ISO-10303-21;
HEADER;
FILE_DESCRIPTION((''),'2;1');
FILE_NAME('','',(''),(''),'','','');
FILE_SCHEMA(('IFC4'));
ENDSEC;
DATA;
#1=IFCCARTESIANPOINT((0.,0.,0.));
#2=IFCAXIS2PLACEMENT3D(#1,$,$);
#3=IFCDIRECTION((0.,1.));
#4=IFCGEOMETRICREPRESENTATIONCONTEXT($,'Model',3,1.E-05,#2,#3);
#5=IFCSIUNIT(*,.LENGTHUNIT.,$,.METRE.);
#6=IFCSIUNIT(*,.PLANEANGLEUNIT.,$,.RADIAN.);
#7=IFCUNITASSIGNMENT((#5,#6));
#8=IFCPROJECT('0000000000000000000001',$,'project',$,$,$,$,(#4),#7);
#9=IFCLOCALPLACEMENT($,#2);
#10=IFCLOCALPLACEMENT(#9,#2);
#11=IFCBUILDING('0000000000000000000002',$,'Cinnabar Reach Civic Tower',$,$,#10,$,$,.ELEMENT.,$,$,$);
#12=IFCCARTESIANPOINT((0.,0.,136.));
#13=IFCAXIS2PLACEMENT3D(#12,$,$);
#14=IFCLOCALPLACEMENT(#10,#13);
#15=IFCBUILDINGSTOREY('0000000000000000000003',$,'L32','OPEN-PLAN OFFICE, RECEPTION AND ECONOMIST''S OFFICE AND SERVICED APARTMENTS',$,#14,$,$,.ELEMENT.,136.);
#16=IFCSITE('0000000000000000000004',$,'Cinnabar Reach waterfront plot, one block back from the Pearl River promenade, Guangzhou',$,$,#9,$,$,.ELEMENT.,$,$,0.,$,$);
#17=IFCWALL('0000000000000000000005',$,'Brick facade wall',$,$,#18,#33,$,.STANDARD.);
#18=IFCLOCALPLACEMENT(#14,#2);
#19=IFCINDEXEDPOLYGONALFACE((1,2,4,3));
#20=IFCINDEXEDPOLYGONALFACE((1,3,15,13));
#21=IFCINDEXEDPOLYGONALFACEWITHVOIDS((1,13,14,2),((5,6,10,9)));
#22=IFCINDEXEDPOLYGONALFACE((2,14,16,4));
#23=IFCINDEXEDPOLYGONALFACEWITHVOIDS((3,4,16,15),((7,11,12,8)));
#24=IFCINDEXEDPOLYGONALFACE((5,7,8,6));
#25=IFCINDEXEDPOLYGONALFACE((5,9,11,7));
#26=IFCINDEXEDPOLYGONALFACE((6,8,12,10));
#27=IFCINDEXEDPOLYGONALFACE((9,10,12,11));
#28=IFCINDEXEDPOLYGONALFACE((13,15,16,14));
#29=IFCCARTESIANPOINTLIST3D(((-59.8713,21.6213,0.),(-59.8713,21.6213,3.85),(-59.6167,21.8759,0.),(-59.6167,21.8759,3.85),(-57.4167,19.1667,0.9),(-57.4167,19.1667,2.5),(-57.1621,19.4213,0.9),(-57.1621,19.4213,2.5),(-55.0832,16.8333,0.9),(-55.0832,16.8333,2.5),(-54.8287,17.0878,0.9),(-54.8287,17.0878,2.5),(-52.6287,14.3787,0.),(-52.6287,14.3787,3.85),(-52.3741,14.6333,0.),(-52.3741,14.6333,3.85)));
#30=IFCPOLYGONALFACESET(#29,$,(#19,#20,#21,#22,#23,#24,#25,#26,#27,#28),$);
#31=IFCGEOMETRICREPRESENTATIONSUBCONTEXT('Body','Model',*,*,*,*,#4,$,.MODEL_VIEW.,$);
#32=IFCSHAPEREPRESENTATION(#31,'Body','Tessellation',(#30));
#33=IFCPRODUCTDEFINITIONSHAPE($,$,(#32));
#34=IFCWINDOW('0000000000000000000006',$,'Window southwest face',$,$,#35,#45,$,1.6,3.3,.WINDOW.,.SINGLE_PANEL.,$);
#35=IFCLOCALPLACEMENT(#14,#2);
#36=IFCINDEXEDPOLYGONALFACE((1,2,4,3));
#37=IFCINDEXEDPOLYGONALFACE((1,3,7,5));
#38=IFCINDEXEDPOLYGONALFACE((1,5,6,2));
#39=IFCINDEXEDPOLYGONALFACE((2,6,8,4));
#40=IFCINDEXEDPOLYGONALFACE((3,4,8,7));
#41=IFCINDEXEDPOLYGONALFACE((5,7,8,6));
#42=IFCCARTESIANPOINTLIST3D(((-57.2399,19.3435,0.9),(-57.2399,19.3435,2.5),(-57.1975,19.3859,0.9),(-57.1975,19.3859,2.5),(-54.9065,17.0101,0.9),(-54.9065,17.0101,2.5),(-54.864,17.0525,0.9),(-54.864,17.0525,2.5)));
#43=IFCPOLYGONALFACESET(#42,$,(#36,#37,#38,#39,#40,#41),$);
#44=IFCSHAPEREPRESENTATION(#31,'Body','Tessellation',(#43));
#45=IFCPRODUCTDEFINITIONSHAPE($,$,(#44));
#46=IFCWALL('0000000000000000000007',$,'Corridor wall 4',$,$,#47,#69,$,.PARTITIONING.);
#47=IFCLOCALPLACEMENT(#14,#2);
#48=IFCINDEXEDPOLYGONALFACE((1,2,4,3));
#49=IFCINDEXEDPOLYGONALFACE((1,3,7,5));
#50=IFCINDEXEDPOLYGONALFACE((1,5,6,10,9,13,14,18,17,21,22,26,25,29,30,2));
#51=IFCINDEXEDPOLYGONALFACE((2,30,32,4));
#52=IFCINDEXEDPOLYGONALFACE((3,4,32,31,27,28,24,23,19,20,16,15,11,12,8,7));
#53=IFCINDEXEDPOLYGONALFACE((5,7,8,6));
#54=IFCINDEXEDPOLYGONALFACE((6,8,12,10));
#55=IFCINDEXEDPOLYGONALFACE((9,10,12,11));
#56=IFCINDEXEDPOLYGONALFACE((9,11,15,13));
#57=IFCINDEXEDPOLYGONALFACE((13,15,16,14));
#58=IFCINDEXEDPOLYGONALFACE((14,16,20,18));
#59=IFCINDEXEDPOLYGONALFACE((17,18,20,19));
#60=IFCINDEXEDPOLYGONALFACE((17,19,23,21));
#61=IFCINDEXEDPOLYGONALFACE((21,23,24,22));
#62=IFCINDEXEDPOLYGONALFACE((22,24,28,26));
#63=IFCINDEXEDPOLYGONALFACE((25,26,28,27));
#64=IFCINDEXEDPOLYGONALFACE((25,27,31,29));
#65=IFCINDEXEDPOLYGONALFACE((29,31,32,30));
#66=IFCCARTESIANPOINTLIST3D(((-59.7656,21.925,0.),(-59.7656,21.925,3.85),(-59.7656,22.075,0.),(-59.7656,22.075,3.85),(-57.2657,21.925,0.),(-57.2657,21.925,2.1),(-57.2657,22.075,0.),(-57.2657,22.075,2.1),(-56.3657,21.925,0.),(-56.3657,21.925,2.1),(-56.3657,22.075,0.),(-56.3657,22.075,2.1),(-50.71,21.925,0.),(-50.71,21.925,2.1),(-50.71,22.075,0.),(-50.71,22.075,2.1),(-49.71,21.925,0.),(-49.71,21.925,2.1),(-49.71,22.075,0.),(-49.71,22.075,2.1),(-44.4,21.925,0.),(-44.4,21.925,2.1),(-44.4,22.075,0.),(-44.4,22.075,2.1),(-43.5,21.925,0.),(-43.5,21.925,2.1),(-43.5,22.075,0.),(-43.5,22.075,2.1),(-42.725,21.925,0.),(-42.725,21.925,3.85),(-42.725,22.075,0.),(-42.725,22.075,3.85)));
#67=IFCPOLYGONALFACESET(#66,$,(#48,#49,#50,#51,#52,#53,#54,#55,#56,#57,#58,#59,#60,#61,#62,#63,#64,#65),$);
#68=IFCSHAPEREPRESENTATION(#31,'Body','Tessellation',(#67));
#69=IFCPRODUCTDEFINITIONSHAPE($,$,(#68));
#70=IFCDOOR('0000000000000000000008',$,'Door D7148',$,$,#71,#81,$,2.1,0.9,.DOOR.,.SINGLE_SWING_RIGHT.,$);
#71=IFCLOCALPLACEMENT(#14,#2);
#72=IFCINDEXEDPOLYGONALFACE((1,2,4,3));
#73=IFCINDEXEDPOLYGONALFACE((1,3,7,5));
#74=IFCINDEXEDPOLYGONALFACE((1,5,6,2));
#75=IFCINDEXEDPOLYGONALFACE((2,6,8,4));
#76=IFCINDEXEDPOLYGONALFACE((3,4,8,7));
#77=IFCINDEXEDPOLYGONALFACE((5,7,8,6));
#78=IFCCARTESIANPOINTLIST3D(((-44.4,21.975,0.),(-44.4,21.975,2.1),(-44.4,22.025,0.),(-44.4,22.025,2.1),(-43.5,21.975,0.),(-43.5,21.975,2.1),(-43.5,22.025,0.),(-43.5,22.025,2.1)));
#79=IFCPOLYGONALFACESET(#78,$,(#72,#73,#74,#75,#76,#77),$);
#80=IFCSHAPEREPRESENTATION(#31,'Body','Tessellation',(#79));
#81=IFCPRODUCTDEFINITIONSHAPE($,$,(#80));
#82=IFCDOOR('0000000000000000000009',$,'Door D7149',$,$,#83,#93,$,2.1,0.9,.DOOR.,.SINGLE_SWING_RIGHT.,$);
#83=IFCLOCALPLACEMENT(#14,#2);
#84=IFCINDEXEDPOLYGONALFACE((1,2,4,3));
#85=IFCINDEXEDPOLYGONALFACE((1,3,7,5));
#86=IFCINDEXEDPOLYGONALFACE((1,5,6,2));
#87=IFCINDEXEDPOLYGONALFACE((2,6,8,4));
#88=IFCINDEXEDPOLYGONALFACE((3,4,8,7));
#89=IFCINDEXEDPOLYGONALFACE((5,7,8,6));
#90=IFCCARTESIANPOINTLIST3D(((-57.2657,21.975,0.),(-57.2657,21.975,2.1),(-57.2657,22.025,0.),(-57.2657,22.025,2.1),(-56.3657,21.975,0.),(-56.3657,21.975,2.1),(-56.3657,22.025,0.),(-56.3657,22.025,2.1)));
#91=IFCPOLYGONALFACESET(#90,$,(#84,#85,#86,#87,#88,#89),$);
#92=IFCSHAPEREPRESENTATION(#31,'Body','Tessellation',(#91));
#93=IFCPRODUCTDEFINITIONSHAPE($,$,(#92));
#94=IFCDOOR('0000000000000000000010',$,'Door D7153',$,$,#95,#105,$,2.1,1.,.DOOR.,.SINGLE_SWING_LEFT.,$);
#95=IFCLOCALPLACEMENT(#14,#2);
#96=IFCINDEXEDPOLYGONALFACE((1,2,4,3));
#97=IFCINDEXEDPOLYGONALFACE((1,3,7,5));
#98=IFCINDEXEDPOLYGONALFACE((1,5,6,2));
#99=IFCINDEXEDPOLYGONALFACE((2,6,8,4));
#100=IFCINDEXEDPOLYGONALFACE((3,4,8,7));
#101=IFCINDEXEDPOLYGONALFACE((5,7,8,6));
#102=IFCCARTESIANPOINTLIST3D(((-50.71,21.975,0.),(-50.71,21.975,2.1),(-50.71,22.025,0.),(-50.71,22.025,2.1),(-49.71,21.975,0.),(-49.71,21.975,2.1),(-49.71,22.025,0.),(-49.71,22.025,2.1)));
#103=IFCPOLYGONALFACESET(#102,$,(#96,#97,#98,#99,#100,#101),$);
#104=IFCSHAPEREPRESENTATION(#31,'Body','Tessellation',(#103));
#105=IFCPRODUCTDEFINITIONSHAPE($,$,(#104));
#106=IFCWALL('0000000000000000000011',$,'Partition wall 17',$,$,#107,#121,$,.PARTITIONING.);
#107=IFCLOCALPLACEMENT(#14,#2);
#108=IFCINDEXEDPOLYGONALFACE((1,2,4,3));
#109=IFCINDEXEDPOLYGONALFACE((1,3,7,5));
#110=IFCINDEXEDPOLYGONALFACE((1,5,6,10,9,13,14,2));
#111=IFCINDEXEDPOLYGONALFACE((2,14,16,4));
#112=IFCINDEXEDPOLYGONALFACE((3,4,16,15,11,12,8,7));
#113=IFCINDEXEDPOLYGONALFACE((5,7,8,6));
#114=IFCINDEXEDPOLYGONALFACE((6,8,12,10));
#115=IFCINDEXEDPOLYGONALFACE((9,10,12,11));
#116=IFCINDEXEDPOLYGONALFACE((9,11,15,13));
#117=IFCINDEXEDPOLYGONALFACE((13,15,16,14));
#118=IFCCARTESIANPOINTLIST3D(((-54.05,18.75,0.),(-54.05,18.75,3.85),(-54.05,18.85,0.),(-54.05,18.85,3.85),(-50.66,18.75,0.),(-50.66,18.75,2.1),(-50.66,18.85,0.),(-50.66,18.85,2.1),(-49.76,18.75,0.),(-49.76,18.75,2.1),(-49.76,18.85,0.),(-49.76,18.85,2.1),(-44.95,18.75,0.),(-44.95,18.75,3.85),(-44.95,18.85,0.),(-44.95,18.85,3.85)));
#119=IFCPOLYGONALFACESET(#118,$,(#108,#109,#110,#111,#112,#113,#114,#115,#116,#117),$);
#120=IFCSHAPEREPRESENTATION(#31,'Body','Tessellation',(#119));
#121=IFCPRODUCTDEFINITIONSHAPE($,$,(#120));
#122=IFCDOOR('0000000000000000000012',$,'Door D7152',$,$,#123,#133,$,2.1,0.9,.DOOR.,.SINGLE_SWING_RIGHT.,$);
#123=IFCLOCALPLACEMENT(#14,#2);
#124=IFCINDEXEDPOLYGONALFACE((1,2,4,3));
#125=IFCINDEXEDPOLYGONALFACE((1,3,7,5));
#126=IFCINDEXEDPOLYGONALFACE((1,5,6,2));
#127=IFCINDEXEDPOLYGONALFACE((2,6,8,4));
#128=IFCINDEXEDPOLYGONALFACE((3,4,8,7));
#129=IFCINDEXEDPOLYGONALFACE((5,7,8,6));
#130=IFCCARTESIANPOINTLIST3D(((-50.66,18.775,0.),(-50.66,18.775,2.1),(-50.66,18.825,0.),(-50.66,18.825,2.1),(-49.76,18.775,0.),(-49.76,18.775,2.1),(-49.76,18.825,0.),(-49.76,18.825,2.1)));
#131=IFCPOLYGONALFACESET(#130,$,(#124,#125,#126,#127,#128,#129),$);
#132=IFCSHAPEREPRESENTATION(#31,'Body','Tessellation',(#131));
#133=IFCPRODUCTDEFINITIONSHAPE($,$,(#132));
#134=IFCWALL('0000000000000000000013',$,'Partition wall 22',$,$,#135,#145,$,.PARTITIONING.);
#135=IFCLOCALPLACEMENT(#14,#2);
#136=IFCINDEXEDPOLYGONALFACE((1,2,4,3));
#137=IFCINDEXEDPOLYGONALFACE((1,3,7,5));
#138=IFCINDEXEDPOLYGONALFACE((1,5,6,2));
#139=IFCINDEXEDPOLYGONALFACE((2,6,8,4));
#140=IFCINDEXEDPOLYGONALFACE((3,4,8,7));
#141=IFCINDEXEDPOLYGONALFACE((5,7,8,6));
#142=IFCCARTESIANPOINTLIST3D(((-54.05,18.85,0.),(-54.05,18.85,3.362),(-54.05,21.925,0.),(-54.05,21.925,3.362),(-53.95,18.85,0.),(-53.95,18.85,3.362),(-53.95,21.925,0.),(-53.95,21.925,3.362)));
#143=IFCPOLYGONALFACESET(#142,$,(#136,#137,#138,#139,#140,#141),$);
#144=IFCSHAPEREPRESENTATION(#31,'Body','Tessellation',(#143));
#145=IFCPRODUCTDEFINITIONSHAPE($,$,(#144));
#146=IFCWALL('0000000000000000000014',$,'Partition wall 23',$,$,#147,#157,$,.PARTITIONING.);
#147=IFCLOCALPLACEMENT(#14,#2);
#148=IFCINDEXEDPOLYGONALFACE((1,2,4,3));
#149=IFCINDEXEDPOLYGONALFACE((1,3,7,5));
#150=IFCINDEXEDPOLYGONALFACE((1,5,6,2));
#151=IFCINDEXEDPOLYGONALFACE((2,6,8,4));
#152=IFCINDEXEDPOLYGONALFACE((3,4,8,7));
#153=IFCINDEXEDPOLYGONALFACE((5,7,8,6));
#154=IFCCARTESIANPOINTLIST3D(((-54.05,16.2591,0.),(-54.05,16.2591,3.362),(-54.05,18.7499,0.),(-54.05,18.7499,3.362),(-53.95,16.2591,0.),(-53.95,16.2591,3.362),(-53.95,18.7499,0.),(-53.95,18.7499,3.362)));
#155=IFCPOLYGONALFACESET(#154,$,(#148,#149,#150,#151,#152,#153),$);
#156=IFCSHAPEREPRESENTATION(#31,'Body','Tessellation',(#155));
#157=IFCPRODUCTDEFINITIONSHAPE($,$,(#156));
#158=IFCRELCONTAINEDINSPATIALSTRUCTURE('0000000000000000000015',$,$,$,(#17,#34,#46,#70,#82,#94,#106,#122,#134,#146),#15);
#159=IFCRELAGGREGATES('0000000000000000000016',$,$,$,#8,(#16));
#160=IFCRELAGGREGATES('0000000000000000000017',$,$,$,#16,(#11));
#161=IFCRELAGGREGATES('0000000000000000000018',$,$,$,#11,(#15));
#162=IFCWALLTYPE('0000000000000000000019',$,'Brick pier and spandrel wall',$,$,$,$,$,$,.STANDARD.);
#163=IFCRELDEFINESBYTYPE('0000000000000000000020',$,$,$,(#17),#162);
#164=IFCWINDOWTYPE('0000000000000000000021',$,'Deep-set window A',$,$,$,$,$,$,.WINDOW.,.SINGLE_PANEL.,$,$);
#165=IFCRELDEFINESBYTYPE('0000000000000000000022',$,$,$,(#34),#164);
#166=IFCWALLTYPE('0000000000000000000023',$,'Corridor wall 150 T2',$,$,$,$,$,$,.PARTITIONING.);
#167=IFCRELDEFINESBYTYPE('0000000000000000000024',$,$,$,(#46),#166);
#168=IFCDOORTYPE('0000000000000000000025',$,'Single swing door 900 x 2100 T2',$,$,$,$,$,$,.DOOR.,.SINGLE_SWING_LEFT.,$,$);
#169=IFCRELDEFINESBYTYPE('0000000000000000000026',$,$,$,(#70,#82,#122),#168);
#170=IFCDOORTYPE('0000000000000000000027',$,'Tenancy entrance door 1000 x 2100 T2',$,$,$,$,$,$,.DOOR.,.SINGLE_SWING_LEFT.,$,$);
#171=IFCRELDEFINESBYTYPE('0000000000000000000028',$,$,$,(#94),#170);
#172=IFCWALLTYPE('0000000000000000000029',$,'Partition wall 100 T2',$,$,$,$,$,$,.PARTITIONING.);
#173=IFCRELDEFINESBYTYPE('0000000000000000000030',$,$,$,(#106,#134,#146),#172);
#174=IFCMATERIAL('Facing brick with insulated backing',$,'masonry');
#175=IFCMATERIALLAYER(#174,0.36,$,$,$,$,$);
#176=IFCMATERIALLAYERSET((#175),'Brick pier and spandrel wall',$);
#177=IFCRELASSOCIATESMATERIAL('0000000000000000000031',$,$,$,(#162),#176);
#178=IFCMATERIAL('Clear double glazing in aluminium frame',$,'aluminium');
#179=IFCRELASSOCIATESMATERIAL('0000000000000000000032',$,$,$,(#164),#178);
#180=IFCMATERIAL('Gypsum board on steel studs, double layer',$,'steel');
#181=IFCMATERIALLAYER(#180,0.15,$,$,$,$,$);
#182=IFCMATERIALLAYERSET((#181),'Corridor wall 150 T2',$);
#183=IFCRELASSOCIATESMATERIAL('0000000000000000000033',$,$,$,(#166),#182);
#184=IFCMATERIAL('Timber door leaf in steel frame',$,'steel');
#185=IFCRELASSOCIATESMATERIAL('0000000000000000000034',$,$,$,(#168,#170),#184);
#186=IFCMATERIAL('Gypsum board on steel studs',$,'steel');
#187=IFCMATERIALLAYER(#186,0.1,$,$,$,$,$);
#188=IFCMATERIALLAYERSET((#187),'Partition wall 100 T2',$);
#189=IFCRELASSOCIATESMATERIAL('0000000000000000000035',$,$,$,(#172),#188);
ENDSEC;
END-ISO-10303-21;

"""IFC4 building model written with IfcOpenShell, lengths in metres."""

from ifc_helpers import new_model, si_unit, direction, frame, frame_2d, origin, place, context, subcontext, project, spatial, rectangle, extrude, material, layer, layer_set, type_object, element, fill, save


model = new_model("IFC4")

# Units and contexts
model_context = context("Model", 3, precision=1e-05, world=origin(), true_north=direction((0.0, 1.0)))
body_context = subcontext(model_context, "Body", "Model", "MODEL_VIEW")
ifc_project = project(units=[si_unit("LENGTHUNIT", "METRE"), si_unit("PLANEANGLEUNIT", "RADIAN")], contexts=[model_context])

# Site, building, storey
site_placement = place(None, origin())
site = spatial("IfcSite", under=ifc_project, at=site_placement, Name="Cinnabar Reach waterfront plot, one block back from the Pearl River promenade, Guangzhou", CompositionType="ELEMENT", RefElevation=0.0)
building_placement = place(site_placement, origin())
building = spatial("IfcBuilding", under=site, at=building_placement, Name="Cinnabar Reach Civic Tower", CompositionType="ELEMENT")
storey_placement = place(building_placement, frame((0.0, 0.0, 136.0)))
storey = spatial("IfcBuildingStorey", under=building, at=storey_placement, Name="L32", Description="OPEN-PLAN OFFICE, RECEPTION AND ECONOMIST'S OFFICE AND SERVICED APARTMENTS", CompositionType="ELEMENT", Elevation=136.0)

# Shared definitions
ifc_material_1 = material(Name="Facing brick with insulated backing", Category="masonry")

# Wall, opening, window
ifc_layer_1 = layer(ifc_material_1, 0.36)
ifc_layer_set_1 = layer_set([ifc_layer_1], Name="Brick pier and spandrel wall")
wall_type_1 = type_object("IfcWallType", Name="Brick pier and spandrel wall", PredefinedType="STANDARD", material=ifc_layer_set_1)
wall_1_placement = place(storey_placement, frame((-59.744, 21.7486, 0.0), z_axis=(0.0, 0.0, 1.0), x_axis=(0.707107, -0.707107, 0.0)))
wall_1 = element("IfcWall", 1, at=wall_1_placement, inside=storey, type_object=wall_type_1, Name="Brick facade wall", PredefinedType="STANDARD", context=body_context, shape_type="SweptSolid", body=[
    extrude(rectangle(XDim=10.2426, YDim=0.36, at=frame_2d((5.1213, 0.0))), origin(), (0.0, 0.0, 1.0), 3.85),
])
opening_1_placement = place(wall_1_placement, frame((3.4713, 0.0, 0.9)))
opening_1 = element("IfcOpeningElement", 2, at=opening_1_placement, cuts=wall_1, PredefinedType="OPENING", context=body_context, shape_type="SweptSolid", body=[
    extrude(rectangle(XDim=3.3, YDim=1.6, at=frame_2d((1.65, 0.8))), frame((0.0, 0.19, 0.0), z_axis=(0.0, -1.0, 0.0), x_axis=(1.0, 0.0, 0.0)), (0.0, 0.0, 1.0), 0.38),
])
ifc_material_2 = material(Name="Clear double glazing in aluminium frame", Category="aluminium")
window_type = type_object("IfcWindowType", Name="Deep-set window A", PartitioningType="SINGLE_PANEL", PredefinedType="WINDOW", material=ifc_material_2)
window_placement = place(opening_1_placement, origin())
window = element("IfcWindow", 3, at=window_placement, inside=storey, type_object=window_type, Name="Window southwest face", OverallHeight=1.6, OverallWidth=3.3, PartitioningType="SINGLE_PANEL", PredefinedType="WINDOW", context=body_context, shape_type="SweptSolid", body=[
    extrude(rectangle(XDim=3.3, YDim=1.6, at=frame_2d((1.65, 0.8))), frame((0.0, 0.13, 0.0), z_axis=(0.0, -1.0, 0.0), x_axis=(1.0, 0.0, 0.0)), (0.0, 0.0, 1.0), 0.06),
])
fill(opening_1, window)

# Wall, openings, doors
ifc_material_3 = material(Name="Gypsum board on steel studs, double layer", Category="steel")
ifc_layer_2 = layer(ifc_material_3, 0.15)
ifc_layer_set_2 = layer_set([ifc_layer_2], Name="Corridor wall 150 T2")
wall_type_2 = type_object("IfcWallType", Name="Corridor wall 150 T2", PredefinedType="PARTITIONING", material=ifc_layer_set_2)
wall_2_placement = place(storey_placement, frame((-59.7657, 22.0, 0.0), z_axis=(0.0, 0.0, 1.0), x_axis=(1.0, 0.0, 0.0)))
wall_2 = element("IfcWall", 4, at=wall_2_placement, inside=storey, type_object=wall_type_2, Name="Corridor wall 4", PredefinedType="PARTITIONING", context=body_context, shape_type="SweptSolid", body=[
    extrude(rectangle(XDim=17.0407, YDim=0.15, at=frame_2d((8.5204, 0.0))), origin(), (0.0, 0.0, 1.0), 3.85),
])
opening_2_placement = place(wall_2_placement, frame((15.3657, 0.0, 0.0)))
opening_2 = element("IfcOpeningElement", 5, at=opening_2_placement, cuts=wall_2, PredefinedType="OPENING", context=body_context, shape_type="SweptSolid", body=[
    extrude(rectangle(XDim=0.9, YDim=2.1, at=frame_2d((0.45, 1.05))), frame((0.0, 0.085, 0.0), z_axis=(0.0, -1.0, 0.0), x_axis=(1.0, 0.0, 0.0)), (0.0, 0.0, 1.0), 0.17),
])
opening_3_placement = place(wall_2_placement, frame((2.5, 0.0, 0.0)))
opening_3 = element("IfcOpeningElement", 6, at=opening_3_placement, cuts=wall_2, PredefinedType="OPENING", context=body_context, shape_type="SweptSolid", body=[
    extrude(rectangle(XDim=0.9, YDim=2.1, at=frame_2d((0.45, 1.05))), frame((0.0, 0.085, 0.0), z_axis=(0.0, -1.0, 0.0), x_axis=(1.0, 0.0, 0.0)), (0.0, 0.0, 1.0), 0.17),
])
opening_4_placement = place(wall_2_placement, frame((9.0557, 0.0, 0.0)))
opening_4 = element("IfcOpeningElement", 7, at=opening_4_placement, cuts=wall_2, PredefinedType="OPENING", context=body_context, shape_type="SweptSolid", body=[
    extrude(rectangle(XDim=1.0, YDim=2.1, at=frame_2d((0.5, 1.05))), frame((0.0, 0.085, 0.0), z_axis=(0.0, -1.0, 0.0), x_axis=(1.0, 0.0, 0.0)), (0.0, 0.0, 1.0), 0.17),
])
ifc_material_4 = material(Name="Timber door leaf in steel frame", Category="steel")
door_type_1 = type_object("IfcDoorType", Name="Single swing door 900 x 2100 T2", OperationType="SINGLE_SWING_LEFT", PredefinedType="DOOR", material=ifc_material_4)
door_1_placement = place(opening_2_placement, frame((0.9, 0.0, 0.0), z_axis=(0.0, 0.0, 1.0), x_axis=(-1.0, 0.0, 0.0)))
door_1 = element("IfcDoor", 8, at=door_1_placement, inside=storey, type_object=door_type_1, Name="Door D7148", OperationType="SINGLE_SWING_RIGHT", OverallHeight=2.1, OverallWidth=0.9, PredefinedType="DOOR", context=body_context, shape_type="SweptSolid", body=[
    extrude(rectangle(XDim=0.9, YDim=2.1, at=frame_2d((0.45, 1.05))), frame((0.0, 0.025, 0.0), z_axis=(0.0, -1.0, 0.0), x_axis=(1.0, 0.0, 0.0)), (0.0, 0.0, 1.0), 0.05),
])
fill(opening_2, door_1)
door_2_placement = place(opening_3_placement, frame((0.9, 0.0, 0.0), z_axis=(0.0, 0.0, 1.0), x_axis=(-1.0, 0.0, 0.0)))
door_2 = element("IfcDoor", 9, at=door_2_placement, inside=storey, type_object=door_type_1, Name="Door D7149", OperationType="SINGLE_SWING_RIGHT", OverallHeight=2.1, OverallWidth=0.9, PredefinedType="DOOR", context=body_context, shape_type="SweptSolid", body=[
    extrude(rectangle(XDim=0.9, YDim=2.1, at=frame_2d((0.45, 1.05))), frame((0.0, 0.025, 0.0), z_axis=(0.0, -1.0, 0.0), x_axis=(1.0, 0.0, 0.0)), (0.0, 0.0, 1.0), 0.05),
])
fill(opening_3, door_2)
door_type_2 = type_object("IfcDoorType", Name="Tenancy entrance door 1000 x 2100 T2", OperationType="SINGLE_SWING_LEFT", PredefinedType="DOOR", material=ifc_material_4)
door_3_placement = place(opening_4_placement, frame((1.0, 0.0, 0.0), z_axis=(0.0, 0.0, 1.0), x_axis=(-1.0, 0.0, 0.0)))
door_3 = element("IfcDoor", 10, at=door_3_placement, inside=storey, type_object=door_type_2, Name="Door D7153", OperationType="SINGLE_SWING_LEFT", OverallHeight=2.1, OverallWidth=1.0, PredefinedType="DOOR", context=body_context, shape_type="SweptSolid", body=[
    extrude(rectangle(XDim=1.0, YDim=2.1, at=frame_2d((0.5, 1.05))), frame((0.0, 0.025, 0.0), z_axis=(0.0, -1.0, 0.0), x_axis=(1.0, 0.0, 0.0)), (0.0, 0.0, 1.0), 0.05),
])
fill(opening_4, door_3)

# Wall, opening, door
ifc_material_5 = material(Name="Gypsum board on steel studs", Category="steel")
ifc_layer_3 = layer(ifc_material_5, 0.1)
ifc_layer_set_3 = layer_set([ifc_layer_3], Name="Partition wall 100 T2")
wall_type_3 = type_object("IfcWallType", Name="Partition wall 100 T2", PredefinedType="PARTITIONING", material=ifc_layer_set_3)
wall_3_placement = place(storey_placement, frame((-54.05, 18.8, 0.0), z_axis=(0.0, 0.0, 1.0), x_axis=(1.0, 0.0, 0.0)))
wall_3 = element("IfcWall", 11, at=wall_3_placement, inside=storey, type_object=wall_type_3, Name="Partition wall 17", PredefinedType="PARTITIONING", context=body_context, shape_type="SweptSolid", body=[
    extrude(rectangle(XDim=9.1, YDim=0.1, at=frame_2d((4.55, 0.0))), origin(), (0.0, 0.0, 1.0), 3.85),
])
opening_5_placement = place(wall_3_placement, frame((3.39, 0.0, 0.0)))
opening_5 = element("IfcOpeningElement", 12, at=opening_5_placement, cuts=wall_3, PredefinedType="OPENING", context=body_context, shape_type="SweptSolid", body=[
    extrude(rectangle(XDim=0.9, YDim=2.1, at=frame_2d((0.45, 1.05))), frame((0.0, 0.06, 0.0), z_axis=(0.0, -1.0, 0.0), x_axis=(1.0, 0.0, 0.0)), (0.0, 0.0, 1.0), 0.12),
])
door_4_placement = place(opening_5_placement, origin())
door_4 = element("IfcDoor", 13, at=door_4_placement, inside=storey, type_object=door_type_1, Name="Door D7152", OperationType="SINGLE_SWING_RIGHT", OverallHeight=2.1, OverallWidth=0.9, PredefinedType="DOOR", context=body_context, shape_type="SweptSolid", body=[
    extrude(rectangle(XDim=0.9, YDim=2.1, at=frame_2d((0.45, 1.05))), frame((0.0, 0.025, 0.0), z_axis=(0.0, -1.0, 0.0), x_axis=(1.0, 0.0, 0.0)), (0.0, 0.0, 1.0), 0.05),
])
fill(opening_5, door_4)

# Walls
wall_4_placement = place(storey_placement, frame((-54.0, 18.85, 0.0), z_axis=(0.0, 0.0, 1.0), x_axis=(0.0, 1.0, 0.0)))
element("IfcWall", 14, at=wall_4_placement, inside=storey, type_object=wall_type_3, Name="Partition wall 22", PredefinedType="PARTITIONING", context=body_context, shape_type="SweptSolid", body=[
    extrude(rectangle(XDim=3.075, YDim=0.1, at=frame_2d((1.5375, 0.0))), origin(), (0.0, 0.0, 1.0), 3.362),
])
wall_5_placement = place(storey_placement, frame((-54.0, 16.2591, 0.0), z_axis=(0.0, 0.0, 1.0), x_axis=(0.0, 1.0, 0.0)))
element("IfcWall", 15, at=wall_5_placement, inside=storey, type_object=wall_type_3, Name="Partition wall 23", PredefinedType="PARTITIONING", context=body_context, shape_type="SweptSolid", body=[
    extrude(rectangle(XDim=2.4909, YDim=0.1, at=frame_2d((1.2454, 0.0))), origin(), (0.0, 0.0, 1.0), 3.362),
])

save(model, "model.ifc")
